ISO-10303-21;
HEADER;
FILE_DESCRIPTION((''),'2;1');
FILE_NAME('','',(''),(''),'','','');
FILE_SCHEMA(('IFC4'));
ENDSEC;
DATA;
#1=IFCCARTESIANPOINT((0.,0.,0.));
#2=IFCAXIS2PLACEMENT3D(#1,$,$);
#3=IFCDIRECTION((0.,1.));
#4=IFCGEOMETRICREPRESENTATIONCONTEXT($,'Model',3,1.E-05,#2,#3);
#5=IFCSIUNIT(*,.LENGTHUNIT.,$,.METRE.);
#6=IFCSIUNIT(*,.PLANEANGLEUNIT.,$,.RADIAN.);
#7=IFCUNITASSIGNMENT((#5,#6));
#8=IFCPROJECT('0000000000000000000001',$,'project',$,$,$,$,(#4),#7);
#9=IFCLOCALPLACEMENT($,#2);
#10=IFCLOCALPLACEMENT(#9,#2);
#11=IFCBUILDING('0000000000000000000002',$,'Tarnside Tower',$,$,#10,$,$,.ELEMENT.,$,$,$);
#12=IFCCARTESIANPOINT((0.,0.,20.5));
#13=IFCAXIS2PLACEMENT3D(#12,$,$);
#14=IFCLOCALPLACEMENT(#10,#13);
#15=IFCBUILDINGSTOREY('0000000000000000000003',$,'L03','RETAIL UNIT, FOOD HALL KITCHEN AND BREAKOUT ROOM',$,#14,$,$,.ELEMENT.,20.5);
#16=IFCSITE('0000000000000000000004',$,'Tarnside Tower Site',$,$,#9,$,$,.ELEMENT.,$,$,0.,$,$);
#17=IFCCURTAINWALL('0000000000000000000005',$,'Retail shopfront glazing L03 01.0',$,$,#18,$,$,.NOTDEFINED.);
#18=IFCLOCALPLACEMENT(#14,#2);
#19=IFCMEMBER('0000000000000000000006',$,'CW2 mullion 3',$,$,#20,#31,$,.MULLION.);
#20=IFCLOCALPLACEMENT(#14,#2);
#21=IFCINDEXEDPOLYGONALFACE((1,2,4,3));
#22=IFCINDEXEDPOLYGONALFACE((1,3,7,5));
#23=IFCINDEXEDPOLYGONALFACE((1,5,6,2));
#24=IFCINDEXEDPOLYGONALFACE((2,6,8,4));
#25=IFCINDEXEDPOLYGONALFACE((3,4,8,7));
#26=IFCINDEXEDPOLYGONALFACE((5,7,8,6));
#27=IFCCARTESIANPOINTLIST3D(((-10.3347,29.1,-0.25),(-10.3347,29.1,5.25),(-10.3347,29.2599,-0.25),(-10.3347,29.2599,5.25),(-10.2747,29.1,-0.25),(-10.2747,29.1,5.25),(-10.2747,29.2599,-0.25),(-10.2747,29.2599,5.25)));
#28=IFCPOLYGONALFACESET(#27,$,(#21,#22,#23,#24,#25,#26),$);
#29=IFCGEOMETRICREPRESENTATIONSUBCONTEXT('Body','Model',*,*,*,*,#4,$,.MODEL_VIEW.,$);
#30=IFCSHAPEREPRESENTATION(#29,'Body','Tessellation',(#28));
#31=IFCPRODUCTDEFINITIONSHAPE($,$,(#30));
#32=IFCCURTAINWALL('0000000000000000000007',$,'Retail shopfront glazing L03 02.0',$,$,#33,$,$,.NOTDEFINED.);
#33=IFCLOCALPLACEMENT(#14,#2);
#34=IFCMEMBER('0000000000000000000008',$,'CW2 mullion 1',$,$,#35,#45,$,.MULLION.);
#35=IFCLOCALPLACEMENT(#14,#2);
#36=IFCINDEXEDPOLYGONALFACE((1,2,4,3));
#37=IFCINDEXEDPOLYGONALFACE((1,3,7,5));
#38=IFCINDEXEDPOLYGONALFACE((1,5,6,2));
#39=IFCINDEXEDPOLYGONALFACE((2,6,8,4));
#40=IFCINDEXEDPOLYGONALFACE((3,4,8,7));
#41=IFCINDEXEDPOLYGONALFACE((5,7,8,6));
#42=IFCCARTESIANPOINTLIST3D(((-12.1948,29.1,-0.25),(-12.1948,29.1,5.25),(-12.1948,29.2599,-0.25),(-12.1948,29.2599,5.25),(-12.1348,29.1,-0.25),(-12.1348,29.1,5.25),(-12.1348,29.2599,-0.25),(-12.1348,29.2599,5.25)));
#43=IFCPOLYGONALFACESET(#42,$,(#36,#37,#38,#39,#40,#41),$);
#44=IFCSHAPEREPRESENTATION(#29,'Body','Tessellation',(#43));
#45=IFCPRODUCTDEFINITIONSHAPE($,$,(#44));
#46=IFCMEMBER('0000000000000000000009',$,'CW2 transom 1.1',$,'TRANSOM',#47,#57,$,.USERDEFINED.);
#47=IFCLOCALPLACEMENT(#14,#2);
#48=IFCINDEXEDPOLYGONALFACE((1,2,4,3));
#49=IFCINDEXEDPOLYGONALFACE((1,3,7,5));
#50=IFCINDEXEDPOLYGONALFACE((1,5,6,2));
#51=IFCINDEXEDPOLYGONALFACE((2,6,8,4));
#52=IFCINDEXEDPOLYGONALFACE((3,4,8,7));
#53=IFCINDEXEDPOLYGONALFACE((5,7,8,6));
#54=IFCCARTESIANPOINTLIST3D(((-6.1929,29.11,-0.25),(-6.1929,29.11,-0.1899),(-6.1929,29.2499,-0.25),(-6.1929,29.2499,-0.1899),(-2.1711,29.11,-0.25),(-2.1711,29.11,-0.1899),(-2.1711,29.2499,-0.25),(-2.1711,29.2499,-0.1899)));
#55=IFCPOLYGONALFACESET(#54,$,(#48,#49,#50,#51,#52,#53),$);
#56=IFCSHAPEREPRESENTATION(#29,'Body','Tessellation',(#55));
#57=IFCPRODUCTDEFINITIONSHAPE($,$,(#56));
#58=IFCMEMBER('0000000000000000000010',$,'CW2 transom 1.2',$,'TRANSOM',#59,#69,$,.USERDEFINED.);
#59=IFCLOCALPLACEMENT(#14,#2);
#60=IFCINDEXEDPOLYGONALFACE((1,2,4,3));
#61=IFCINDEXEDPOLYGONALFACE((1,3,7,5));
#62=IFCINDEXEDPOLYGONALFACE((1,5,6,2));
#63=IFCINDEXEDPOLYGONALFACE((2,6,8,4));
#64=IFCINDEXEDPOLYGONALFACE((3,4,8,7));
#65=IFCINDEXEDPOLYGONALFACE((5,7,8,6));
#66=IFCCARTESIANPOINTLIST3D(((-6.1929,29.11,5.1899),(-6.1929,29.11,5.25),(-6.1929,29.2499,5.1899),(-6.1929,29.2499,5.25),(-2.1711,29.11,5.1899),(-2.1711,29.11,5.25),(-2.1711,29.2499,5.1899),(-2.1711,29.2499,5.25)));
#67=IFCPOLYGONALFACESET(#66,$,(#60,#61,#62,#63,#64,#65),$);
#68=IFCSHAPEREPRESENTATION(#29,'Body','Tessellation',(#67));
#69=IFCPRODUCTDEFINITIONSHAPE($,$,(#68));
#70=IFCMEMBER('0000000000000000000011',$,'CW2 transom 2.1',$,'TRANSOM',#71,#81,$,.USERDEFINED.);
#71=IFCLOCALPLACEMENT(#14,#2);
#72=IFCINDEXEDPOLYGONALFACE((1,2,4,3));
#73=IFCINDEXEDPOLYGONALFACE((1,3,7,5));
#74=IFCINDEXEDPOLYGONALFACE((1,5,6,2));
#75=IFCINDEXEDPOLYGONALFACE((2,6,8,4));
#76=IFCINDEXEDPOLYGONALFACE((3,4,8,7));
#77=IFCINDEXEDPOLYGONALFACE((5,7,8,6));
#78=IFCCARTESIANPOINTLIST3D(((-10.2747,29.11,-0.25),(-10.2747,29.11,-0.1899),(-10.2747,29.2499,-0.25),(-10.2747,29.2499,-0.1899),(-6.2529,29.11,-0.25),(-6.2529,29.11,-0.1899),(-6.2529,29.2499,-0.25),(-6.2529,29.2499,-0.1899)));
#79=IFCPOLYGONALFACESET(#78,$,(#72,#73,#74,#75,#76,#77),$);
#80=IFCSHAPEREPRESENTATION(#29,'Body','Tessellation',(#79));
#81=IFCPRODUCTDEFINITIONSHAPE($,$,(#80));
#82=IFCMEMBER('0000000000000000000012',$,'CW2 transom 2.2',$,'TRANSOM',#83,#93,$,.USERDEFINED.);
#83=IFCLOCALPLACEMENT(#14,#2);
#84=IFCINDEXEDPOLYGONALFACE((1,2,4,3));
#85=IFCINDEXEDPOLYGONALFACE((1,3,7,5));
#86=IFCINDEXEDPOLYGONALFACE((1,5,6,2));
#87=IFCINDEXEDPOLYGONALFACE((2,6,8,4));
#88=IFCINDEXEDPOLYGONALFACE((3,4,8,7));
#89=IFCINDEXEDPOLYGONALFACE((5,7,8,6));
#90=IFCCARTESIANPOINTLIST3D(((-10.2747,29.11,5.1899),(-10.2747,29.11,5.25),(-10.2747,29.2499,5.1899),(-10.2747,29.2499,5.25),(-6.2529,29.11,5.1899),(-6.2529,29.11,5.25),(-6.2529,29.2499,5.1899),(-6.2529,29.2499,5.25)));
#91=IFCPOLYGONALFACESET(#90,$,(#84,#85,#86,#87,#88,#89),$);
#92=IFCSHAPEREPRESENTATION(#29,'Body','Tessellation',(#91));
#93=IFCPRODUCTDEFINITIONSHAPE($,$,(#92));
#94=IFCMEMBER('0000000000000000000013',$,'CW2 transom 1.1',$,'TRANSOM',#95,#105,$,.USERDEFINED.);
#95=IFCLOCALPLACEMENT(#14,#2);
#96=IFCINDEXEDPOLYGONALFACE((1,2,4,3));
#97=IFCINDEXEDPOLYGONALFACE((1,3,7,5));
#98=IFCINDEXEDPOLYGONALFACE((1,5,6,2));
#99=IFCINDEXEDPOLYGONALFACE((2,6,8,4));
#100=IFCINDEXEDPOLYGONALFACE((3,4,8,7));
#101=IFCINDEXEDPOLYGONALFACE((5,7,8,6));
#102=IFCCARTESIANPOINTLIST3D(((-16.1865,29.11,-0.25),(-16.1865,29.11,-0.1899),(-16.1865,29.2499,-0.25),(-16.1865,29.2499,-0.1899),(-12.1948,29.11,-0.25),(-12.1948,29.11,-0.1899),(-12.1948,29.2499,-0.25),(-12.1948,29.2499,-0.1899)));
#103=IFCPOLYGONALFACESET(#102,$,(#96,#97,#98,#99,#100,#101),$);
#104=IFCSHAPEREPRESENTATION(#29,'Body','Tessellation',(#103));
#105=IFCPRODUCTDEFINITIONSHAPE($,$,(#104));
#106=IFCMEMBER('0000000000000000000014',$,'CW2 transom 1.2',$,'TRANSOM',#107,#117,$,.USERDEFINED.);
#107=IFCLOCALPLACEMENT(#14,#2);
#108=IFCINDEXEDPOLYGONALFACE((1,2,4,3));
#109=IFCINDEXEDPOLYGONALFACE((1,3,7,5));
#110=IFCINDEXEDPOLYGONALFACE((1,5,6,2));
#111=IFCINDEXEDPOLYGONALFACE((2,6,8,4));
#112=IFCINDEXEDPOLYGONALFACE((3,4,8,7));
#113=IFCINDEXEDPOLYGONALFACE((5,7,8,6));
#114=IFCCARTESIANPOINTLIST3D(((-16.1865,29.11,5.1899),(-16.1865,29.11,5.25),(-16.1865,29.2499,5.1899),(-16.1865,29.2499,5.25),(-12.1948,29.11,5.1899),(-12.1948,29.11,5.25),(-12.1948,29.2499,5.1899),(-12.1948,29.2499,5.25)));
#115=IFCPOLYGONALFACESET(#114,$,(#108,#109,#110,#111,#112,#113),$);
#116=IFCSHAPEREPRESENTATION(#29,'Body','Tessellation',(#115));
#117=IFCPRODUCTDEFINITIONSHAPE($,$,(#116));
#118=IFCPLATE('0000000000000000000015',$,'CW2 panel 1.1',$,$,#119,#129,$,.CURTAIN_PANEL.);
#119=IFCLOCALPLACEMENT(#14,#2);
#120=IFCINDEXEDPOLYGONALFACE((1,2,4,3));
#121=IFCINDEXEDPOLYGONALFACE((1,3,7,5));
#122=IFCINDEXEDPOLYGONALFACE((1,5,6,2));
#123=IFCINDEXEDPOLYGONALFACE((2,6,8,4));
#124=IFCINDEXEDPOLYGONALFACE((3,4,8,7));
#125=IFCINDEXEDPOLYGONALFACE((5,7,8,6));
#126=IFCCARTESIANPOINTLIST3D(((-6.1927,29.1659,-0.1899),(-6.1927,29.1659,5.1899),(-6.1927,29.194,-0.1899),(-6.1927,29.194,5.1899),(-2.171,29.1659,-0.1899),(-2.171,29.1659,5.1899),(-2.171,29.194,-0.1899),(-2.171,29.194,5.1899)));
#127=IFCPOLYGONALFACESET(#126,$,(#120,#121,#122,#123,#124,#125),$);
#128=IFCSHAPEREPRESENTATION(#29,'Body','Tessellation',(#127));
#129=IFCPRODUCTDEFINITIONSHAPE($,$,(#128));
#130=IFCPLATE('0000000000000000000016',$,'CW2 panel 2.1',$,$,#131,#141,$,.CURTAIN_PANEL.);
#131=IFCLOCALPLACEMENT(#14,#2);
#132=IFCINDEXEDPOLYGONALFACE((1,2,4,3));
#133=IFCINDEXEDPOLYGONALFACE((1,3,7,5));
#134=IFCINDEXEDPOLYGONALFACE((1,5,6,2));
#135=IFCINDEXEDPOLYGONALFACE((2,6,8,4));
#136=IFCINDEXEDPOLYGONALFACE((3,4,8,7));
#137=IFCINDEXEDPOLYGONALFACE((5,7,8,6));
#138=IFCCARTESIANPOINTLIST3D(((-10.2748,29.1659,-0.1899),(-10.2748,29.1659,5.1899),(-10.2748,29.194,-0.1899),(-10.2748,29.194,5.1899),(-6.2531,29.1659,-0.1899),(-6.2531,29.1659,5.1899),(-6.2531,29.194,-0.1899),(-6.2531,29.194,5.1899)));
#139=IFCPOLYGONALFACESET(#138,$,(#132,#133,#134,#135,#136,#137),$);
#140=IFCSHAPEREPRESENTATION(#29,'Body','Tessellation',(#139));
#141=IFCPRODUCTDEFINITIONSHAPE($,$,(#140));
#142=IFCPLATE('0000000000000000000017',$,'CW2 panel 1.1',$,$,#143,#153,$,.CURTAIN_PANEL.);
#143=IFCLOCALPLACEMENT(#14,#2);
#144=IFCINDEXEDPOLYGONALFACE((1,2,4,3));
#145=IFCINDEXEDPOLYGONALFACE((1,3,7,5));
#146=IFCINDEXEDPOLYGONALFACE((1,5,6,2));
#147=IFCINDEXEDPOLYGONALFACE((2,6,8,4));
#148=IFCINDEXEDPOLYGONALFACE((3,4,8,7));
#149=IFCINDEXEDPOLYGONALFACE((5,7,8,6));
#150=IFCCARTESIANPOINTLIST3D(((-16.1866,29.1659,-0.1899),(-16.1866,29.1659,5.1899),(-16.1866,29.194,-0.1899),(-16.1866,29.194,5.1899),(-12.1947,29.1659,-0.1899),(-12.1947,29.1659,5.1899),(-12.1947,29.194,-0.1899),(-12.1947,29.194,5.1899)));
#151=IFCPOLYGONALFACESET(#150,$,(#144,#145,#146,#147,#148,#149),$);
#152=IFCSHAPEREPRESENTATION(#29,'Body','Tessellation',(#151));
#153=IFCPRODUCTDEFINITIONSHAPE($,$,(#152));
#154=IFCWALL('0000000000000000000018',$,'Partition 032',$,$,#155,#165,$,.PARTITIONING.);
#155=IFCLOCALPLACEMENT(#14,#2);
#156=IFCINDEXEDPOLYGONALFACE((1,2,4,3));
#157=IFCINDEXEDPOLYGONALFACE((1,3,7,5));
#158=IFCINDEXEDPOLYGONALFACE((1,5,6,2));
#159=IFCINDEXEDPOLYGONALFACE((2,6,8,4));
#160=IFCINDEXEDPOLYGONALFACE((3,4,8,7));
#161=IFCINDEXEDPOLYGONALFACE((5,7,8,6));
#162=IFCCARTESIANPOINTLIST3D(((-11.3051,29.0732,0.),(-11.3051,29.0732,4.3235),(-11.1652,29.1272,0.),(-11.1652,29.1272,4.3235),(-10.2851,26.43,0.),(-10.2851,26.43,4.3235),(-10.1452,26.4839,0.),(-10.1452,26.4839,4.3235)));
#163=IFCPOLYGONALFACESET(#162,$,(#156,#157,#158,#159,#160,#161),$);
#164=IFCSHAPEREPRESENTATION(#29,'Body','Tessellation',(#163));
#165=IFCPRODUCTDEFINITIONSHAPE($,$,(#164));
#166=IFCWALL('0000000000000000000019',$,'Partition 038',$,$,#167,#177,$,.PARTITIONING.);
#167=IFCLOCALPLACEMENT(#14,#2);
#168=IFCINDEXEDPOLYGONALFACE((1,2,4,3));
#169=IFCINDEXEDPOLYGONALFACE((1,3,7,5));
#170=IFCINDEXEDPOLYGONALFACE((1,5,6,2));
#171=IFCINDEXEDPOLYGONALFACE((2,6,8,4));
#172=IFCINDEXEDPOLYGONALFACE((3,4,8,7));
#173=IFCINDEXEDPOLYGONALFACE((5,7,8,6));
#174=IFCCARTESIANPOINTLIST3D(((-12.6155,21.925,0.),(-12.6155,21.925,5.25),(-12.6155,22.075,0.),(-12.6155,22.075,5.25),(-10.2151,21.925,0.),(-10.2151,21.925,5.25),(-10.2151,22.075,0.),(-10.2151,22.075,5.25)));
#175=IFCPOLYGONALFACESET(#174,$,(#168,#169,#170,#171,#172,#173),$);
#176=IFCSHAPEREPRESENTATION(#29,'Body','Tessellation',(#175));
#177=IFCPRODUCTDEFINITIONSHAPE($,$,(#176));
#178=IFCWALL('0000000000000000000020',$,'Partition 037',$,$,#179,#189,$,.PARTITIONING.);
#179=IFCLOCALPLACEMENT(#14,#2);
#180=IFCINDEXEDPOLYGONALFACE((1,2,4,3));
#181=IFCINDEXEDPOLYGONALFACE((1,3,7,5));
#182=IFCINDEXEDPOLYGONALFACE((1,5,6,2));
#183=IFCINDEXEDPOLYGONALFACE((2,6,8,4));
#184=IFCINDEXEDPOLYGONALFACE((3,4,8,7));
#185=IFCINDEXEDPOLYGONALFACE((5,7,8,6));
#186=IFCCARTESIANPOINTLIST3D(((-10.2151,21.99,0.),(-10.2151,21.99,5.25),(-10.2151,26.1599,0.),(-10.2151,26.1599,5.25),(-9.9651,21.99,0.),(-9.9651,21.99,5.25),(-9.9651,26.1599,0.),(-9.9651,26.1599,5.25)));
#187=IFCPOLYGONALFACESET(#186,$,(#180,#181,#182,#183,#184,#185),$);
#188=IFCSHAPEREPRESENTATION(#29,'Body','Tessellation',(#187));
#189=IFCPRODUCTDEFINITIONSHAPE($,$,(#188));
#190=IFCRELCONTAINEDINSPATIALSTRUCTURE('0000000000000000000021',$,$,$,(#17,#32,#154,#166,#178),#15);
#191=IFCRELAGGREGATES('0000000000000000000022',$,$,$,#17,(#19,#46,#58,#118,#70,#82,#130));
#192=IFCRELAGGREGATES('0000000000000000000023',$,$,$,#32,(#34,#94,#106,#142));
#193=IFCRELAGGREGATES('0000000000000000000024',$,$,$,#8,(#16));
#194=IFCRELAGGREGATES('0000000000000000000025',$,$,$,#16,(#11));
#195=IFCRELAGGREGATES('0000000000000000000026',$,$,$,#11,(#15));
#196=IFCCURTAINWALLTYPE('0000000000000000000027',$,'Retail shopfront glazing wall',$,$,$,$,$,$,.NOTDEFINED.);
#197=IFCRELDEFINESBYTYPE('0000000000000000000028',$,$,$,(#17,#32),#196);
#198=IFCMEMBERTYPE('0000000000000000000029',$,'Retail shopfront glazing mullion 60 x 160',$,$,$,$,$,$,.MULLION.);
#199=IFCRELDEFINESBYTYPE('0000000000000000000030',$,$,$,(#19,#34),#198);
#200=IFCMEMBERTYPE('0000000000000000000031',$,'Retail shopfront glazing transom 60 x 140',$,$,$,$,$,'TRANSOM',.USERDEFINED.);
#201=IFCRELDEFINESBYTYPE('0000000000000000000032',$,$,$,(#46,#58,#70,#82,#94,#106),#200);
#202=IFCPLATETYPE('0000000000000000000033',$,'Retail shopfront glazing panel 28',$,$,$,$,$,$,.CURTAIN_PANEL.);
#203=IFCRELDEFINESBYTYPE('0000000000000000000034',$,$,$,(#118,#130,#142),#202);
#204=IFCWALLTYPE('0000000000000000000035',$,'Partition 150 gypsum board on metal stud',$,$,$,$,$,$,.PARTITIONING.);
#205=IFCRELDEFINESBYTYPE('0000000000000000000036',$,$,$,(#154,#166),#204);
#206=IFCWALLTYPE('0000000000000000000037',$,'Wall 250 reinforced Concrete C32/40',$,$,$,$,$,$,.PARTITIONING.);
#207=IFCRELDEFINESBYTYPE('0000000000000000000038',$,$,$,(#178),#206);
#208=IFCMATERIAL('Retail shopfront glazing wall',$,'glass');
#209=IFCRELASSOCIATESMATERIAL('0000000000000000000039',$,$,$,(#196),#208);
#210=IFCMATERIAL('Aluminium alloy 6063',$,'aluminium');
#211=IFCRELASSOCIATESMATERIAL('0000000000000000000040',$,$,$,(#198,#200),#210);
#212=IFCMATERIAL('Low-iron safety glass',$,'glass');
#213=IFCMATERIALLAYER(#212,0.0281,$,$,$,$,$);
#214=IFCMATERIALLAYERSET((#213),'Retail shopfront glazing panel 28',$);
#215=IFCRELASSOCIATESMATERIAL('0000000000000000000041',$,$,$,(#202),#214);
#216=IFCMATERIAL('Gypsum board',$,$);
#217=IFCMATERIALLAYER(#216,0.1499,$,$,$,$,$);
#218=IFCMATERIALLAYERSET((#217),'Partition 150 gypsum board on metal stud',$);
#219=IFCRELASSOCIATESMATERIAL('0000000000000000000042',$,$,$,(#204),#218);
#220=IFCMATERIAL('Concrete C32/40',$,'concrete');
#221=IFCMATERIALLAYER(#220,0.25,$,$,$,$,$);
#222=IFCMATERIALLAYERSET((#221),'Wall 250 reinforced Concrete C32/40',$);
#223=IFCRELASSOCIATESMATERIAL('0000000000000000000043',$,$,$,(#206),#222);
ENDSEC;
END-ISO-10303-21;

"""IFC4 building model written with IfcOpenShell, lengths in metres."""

from ifc_helpers import new_model, si_unit, direction, frame, frame_2d, origin, origin_2d, place, context, subcontext, project, spatial, rectangle, extrude, material, layer, layer_set, material_profile, profile_set, type_object, element, aggregate, save


model = new_model("IFC4")

# Units and contexts
model_context = context("Model", 3, precision=1e-05, world=origin(), true_north=direction((0.0, 1.0)))
body_context = subcontext(model_context, "Body", "Model", "MODEL_VIEW")
ifc_project = project(units=[si_unit("LENGTHUNIT", "METRE"), si_unit("PLANEANGLEUNIT", "RADIAN")], contexts=[model_context])

# Site, building, storey
site_placement = place(None, origin())
site = spatial("IfcSite", under=ifc_project, at=site_placement, Name="Tarnside Tower Site", CompositionType="ELEMENT", RefElevation=0.0)
building_placement = place(site_placement, origin())
building = spatial("IfcBuilding", under=site, at=building_placement, Name="Tarnside Tower", CompositionType="ELEMENT")
storey_placement = place(building_placement, frame((0.0, 0.0, 20.5)))
storey = spatial("IfcBuildingStorey", under=building, at=storey_placement, Name="L03", Description="RETAIL UNIT, FOOD HALL KITCHEN AND BREAKOUT ROOM", CompositionType="ELEMENT", Elevation=20.5)

# Shared definitions
ifc_material_1 = material(Name="Retail shopfront glazing wall", Category="glass")
curtain_wall_type = type_object("IfcCurtainWallType", Name="Retail shopfront glazing wall", PredefinedType="NOTDEFINED", material=ifc_material_1)
ifc_material_2 = material(Name="Aluminium alloy 6063", Category="aluminium")
ifc_material_profile_1 = material_profile(ifc_material_2, rectangle(XDim=0.1599, YDim=0.0601, at=origin_2d()), Name="Retail shopfront glazing mullion 60 x 160")
ifc_profile_set_1 = profile_set([ifc_material_profile_1], Name="Aluminium alloy 6063")
member_type_1 = type_object("IfcMemberType", Name="Retail shopfront glazing mullion 60 x 160", PredefinedType="MULLION", material=ifc_profile_set_1)

# Curtain wall, member
curtain_wall_1_placement = place(storey_placement, origin())
curtain_wall_1 = element("IfcCurtainWall", 1, at=curtain_wall_1_placement, inside=storey, type_object=curtain_wall_type, Name="Retail shopfront glazing L03 01.0", PredefinedType="NOTDEFINED")
member_1_placement = place(storey_placement, frame((-10.3047, 29.1799, -0.25), z_axis=(0.0, 0.0, 1.0), x_axis=(0.0, -1.0, 0.0)))
member_1 = element("IfcMember", 2, at=member_1_placement, type_object=member_type_1, Name="CW2 mullion 3", PredefinedType="MULLION", context=body_context, shape_type="SweptSolid", body=[
    extrude(rectangle(XDim=0.1599, YDim=0.0601, at=origin_2d()), origin(), (0.0, 0.0, 1.0), 5.5),
])

# Curtain wall, member
curtain_wall_2_placement = place(storey_placement, origin())
curtain_wall_2 = element("IfcCurtainWall", 3, at=curtain_wall_2_placement, inside=storey, type_object=curtain_wall_type, Name="Retail shopfront glazing L03 02.0", PredefinedType="NOTDEFINED")
member_2_placement = place(storey_placement, frame((-12.1648, 29.1799, -0.25), z_axis=(0.0, 0.0, 1.0), x_axis=(0.0, -1.0, 0.0)))
member_2 = element("IfcMember", 4, at=member_2_placement, type_object=member_type_1, Name="CW2 mullion 1", PredefinedType="MULLION", context=body_context, shape_type="SweptSolid", body=[
    extrude(rectangle(XDim=0.1599, YDim=0.0601, at=origin_2d()), origin(), (0.0, 0.0, 1.0), 5.5),
])

# Members
ifc_material_profile_2 = material_profile(ifc_material_2, rectangle(XDim=0.1399, YDim=0.0601, at=origin_2d()), Name="Retail shopfront glazing transom 60 x 140")
ifc_profile_set_2 = profile_set([ifc_material_profile_2], Name="Aluminium alloy 6063")
member_type_2 = type_object("IfcMemberType", Name="Retail shopfront glazing transom 60 x 140", ElementType="TRANSOM", PredefinedType="USERDEFINED", material=ifc_profile_set_2)
member_3_placement = place(storey_placement, frame((-2.1711, 29.1799, -0.22), z_axis=(-1.0, 0.0, 0.0), x_axis=(0.0, -1.0, 0.0)))
member_3 = element("IfcMember", 5, at=member_3_placement, type_object=member_type_2, Name="CW2 transom 1.1", ObjectType="TRANSOM", PredefinedType="USERDEFINED", context=body_context, shape_type="SweptSolid", body=[
    extrude(rectangle(XDim=0.1399, YDim=0.0601, at=origin_2d()), origin(), (0.0, 0.0, 1.0), 4.0217),
])
member_4_placement = place(storey_placement, frame((-2.1711, 29.1799, 5.22), z_axis=(-1.0, 0.0, 0.0), x_axis=(0.0, -1.0, 0.0)))
member_4 = element("IfcMember", 6, at=member_4_placement, type_object=member_type_2, Name="CW2 transom 1.2", ObjectType="TRANSOM", PredefinedType="USERDEFINED", context=body_context, shape_type="SweptSolid", body=[
    extrude(rectangle(XDim=0.1399, YDim=0.0601, at=origin_2d()), origin(), (0.0, 0.0, 1.0), 4.0217),
])
member_5_placement = place(storey_placement, frame((-6.2529, 29.1799, -0.22), z_axis=(-1.0, 0.0, 0.0), x_axis=(0.0, -1.0, 0.0)))
member_5 = element("IfcMember", 7, at=member_5_placement, type_object=member_type_2, Name="CW2 transom 2.1", ObjectType="TRANSOM", PredefinedType="USERDEFINED", context=body_context, shape_type="SweptSolid", body=[
    extrude(rectangle(XDim=0.1399, YDim=0.0601, at=origin_2d()), origin(), (0.0, 0.0, 1.0), 4.0217),
])
member_6_placement = place(storey_placement, frame((-6.2529, 29.1799, 5.22), z_axis=(-1.0, 0.0, 0.0), x_axis=(0.0, -1.0, 0.0)))
member_6 = element("IfcMember", 8, at=member_6_placement, type_object=member_type_2, Name="CW2 transom 2.2", ObjectType="TRANSOM", PredefinedType="USERDEFINED", context=body_context, shape_type="SweptSolid", body=[
    extrude(rectangle(XDim=0.1399, YDim=0.0601, at=origin_2d()), origin(), (0.0, 0.0, 1.0), 4.0217),
])
member_7_placement = place(storey_placement, frame((-12.1948, 29.1799, -0.22), z_axis=(-1.0, 0.0, 0.0), x_axis=(0.0, -1.0, 0.0)))
member_7 = element("IfcMember", 9, at=member_7_placement, type_object=member_type_2, Name="CW2 transom 1.1", ObjectType="TRANSOM", PredefinedType="USERDEFINED", context=body_context, shape_type="SweptSolid", body=[
    extrude(rectangle(XDim=0.1399, YDim=0.0601, at=origin_2d()), origin(), (0.0, 0.0, 1.0), 3.9917),
])
member_8_placement = place(storey_placement, frame((-12.1948, 29.1799, 5.22), z_axis=(-1.0, 0.0, 0.0), x_axis=(0.0, -1.0, 0.0)))
member_8 = element("IfcMember", 10, at=member_8_placement, type_object=member_type_2, Name="CW2 transom 1.2", ObjectType="TRANSOM", PredefinedType="USERDEFINED", context=body_context, shape_type="SweptSolid", body=[
    extrude(rectangle(XDim=0.1399, YDim=0.0601, at=origin_2d()), origin(), (0.0, 0.0, 1.0), 3.9917),
])

# Plates
ifc_material_3 = material(Name="Low-iron safety glass", Category="glass")
ifc_layer_1 = layer(ifc_material_3, 0.0281)
ifc_layer_set_1 = layer_set([ifc_layer_1], Name="Retail shopfront glazing panel 28")
plate_type = type_object("IfcPlateType", Name="Retail shopfront glazing panel 28", PredefinedType="CURTAIN_PANEL", material=ifc_layer_set_1)
plate_1_placement = place(storey_placement, frame((-4.1819, 29.1799, -0.1899), z_axis=(0.0, 0.0, 1.0), x_axis=(-1.0, 0.0, 0.0)))
plate_1 = element("IfcPlate", 11, at=plate_1_placement, type_object=plate_type, Name="CW2 panel 1.1", PredefinedType="CURTAIN_PANEL", context=body_context, shape_type="SweptSolid", body=[
    extrude(rectangle(XDim=4.0217, YDim=0.0281, at=origin_2d()), origin(), (0.0, 0.0, 1.0), 5.3799),
])
plate_2_placement = place(storey_placement, frame((-8.2639, 29.1799, -0.1899), z_axis=(0.0, 0.0, 1.0), x_axis=(-1.0, 0.0, 0.0)))
plate_2 = element("IfcPlate", 12, at=plate_2_placement, type_object=plate_type, Name="CW2 panel 2.1", PredefinedType="CURTAIN_PANEL", context=body_context, shape_type="SweptSolid", body=[
    extrude(rectangle(XDim=4.0217, YDim=0.0281, at=origin_2d()), origin(), (0.0, 0.0, 1.0), 5.3799),
])
aggregate(curtain_wall_1, [member_1, member_3, member_4, plate_1, member_5, member_6, plate_2])
plate_3_placement = place(storey_placement, frame((-14.1907, 29.1799, -0.1899), z_axis=(0.0, 0.0, 1.0), x_axis=(-1.0, 0.0, 0.0)))
plate_3 = element("IfcPlate", 13, at=plate_3_placement, type_object=plate_type, Name="CW2 panel 1.1", PredefinedType="CURTAIN_PANEL", context=body_context, shape_type="SweptSolid", body=[
    extrude(rectangle(XDim=3.9919, YDim=0.0281, at=origin_2d()), origin(), (0.0, 0.0, 1.0), 5.3799),
])
aggregate(curtain_wall_2, [member_2, member_7, member_8, plate_3])

# Walls
ifc_material_4 = material(Name="Gypsum board")
ifc_layer_2 = layer(ifc_material_4, 0.1499)
ifc_layer_set_2 = layer_set([ifc_layer_2], Name="Partition 150 gypsum board on metal stud")
wall_type_1 = type_object("IfcWallType", Name="Partition 150 gypsum board on metal stud", PredefinedType="PARTITIONING", material=ifc_layer_set_2)
wall_1_placement = place(storey_placement, frame((-11.2351, 29.1001, 0.0), z_axis=(0.0, 0.0, 1.0), x_axis=(0.360012, -0.932948, 0.0)))
element("IfcWall", 14, at=wall_1_placement, inside=storey, type_object=wall_type_1, Name="Partition 032", PredefinedType="PARTITIONING", context=body_context, shape_type="SweptSolid", body=[
    extrude(rectangle(XDim=2.8333, YDim=0.1499, at=frame_2d((1.4165, 0.0))), origin(), (0.0, 0.0, 1.0), 4.3235),
])
wall_2_placement = place(storey_placement, frame((-10.2151, 22.0, 0.0), z_axis=(0.0, 0.0, 1.0), x_axis=(-1.0, 0.0, 0.0)))
element("IfcWall", 15, at=wall_2_placement, inside=storey, type_object=wall_type_1, Name="Partition 038", PredefinedType="PARTITIONING", context=body_context, shape_type="SweptSolid", body=[
    extrude(rectangle(XDim=2.4004, YDim=0.1499, at=frame_2d((1.2002, 0.0))), origin(), (0.0, 0.0, 1.0), 5.25),
])
ifc_material_5 = material(Name="Concrete C32/40", Category="concrete")
ifc_layer_3 = layer(ifc_material_5, 0.25)
ifc_layer_set_3 = layer_set([ifc_layer_3], Name="Wall 250 reinforced Concrete C32/40")
wall_type_2 = type_object("IfcWallType", Name="Wall 250 reinforced Concrete C32/40", PredefinedType="PARTITIONING", material=ifc_layer_set_3)
wall_3_placement = place(storey_placement, frame((-10.0901, 21.99, 0.0), z_axis=(0.0, 0.0, 1.0), x_axis=(0.0, 1.0, 0.0)))
element("IfcWall", 16, at=wall_3_placement, inside=storey, type_object=wall_type_2, Name="Partition 037", PredefinedType="PARTITIONING", context=body_context, shape_type="SweptSolid", body=[
    extrude(rectangle(XDim=4.1699, YDim=0.25, at=frame_2d((2.085, 0.0))), origin(), (0.0, 0.0, 1.0), 5.25),
])

save(model, "model.ifc")
